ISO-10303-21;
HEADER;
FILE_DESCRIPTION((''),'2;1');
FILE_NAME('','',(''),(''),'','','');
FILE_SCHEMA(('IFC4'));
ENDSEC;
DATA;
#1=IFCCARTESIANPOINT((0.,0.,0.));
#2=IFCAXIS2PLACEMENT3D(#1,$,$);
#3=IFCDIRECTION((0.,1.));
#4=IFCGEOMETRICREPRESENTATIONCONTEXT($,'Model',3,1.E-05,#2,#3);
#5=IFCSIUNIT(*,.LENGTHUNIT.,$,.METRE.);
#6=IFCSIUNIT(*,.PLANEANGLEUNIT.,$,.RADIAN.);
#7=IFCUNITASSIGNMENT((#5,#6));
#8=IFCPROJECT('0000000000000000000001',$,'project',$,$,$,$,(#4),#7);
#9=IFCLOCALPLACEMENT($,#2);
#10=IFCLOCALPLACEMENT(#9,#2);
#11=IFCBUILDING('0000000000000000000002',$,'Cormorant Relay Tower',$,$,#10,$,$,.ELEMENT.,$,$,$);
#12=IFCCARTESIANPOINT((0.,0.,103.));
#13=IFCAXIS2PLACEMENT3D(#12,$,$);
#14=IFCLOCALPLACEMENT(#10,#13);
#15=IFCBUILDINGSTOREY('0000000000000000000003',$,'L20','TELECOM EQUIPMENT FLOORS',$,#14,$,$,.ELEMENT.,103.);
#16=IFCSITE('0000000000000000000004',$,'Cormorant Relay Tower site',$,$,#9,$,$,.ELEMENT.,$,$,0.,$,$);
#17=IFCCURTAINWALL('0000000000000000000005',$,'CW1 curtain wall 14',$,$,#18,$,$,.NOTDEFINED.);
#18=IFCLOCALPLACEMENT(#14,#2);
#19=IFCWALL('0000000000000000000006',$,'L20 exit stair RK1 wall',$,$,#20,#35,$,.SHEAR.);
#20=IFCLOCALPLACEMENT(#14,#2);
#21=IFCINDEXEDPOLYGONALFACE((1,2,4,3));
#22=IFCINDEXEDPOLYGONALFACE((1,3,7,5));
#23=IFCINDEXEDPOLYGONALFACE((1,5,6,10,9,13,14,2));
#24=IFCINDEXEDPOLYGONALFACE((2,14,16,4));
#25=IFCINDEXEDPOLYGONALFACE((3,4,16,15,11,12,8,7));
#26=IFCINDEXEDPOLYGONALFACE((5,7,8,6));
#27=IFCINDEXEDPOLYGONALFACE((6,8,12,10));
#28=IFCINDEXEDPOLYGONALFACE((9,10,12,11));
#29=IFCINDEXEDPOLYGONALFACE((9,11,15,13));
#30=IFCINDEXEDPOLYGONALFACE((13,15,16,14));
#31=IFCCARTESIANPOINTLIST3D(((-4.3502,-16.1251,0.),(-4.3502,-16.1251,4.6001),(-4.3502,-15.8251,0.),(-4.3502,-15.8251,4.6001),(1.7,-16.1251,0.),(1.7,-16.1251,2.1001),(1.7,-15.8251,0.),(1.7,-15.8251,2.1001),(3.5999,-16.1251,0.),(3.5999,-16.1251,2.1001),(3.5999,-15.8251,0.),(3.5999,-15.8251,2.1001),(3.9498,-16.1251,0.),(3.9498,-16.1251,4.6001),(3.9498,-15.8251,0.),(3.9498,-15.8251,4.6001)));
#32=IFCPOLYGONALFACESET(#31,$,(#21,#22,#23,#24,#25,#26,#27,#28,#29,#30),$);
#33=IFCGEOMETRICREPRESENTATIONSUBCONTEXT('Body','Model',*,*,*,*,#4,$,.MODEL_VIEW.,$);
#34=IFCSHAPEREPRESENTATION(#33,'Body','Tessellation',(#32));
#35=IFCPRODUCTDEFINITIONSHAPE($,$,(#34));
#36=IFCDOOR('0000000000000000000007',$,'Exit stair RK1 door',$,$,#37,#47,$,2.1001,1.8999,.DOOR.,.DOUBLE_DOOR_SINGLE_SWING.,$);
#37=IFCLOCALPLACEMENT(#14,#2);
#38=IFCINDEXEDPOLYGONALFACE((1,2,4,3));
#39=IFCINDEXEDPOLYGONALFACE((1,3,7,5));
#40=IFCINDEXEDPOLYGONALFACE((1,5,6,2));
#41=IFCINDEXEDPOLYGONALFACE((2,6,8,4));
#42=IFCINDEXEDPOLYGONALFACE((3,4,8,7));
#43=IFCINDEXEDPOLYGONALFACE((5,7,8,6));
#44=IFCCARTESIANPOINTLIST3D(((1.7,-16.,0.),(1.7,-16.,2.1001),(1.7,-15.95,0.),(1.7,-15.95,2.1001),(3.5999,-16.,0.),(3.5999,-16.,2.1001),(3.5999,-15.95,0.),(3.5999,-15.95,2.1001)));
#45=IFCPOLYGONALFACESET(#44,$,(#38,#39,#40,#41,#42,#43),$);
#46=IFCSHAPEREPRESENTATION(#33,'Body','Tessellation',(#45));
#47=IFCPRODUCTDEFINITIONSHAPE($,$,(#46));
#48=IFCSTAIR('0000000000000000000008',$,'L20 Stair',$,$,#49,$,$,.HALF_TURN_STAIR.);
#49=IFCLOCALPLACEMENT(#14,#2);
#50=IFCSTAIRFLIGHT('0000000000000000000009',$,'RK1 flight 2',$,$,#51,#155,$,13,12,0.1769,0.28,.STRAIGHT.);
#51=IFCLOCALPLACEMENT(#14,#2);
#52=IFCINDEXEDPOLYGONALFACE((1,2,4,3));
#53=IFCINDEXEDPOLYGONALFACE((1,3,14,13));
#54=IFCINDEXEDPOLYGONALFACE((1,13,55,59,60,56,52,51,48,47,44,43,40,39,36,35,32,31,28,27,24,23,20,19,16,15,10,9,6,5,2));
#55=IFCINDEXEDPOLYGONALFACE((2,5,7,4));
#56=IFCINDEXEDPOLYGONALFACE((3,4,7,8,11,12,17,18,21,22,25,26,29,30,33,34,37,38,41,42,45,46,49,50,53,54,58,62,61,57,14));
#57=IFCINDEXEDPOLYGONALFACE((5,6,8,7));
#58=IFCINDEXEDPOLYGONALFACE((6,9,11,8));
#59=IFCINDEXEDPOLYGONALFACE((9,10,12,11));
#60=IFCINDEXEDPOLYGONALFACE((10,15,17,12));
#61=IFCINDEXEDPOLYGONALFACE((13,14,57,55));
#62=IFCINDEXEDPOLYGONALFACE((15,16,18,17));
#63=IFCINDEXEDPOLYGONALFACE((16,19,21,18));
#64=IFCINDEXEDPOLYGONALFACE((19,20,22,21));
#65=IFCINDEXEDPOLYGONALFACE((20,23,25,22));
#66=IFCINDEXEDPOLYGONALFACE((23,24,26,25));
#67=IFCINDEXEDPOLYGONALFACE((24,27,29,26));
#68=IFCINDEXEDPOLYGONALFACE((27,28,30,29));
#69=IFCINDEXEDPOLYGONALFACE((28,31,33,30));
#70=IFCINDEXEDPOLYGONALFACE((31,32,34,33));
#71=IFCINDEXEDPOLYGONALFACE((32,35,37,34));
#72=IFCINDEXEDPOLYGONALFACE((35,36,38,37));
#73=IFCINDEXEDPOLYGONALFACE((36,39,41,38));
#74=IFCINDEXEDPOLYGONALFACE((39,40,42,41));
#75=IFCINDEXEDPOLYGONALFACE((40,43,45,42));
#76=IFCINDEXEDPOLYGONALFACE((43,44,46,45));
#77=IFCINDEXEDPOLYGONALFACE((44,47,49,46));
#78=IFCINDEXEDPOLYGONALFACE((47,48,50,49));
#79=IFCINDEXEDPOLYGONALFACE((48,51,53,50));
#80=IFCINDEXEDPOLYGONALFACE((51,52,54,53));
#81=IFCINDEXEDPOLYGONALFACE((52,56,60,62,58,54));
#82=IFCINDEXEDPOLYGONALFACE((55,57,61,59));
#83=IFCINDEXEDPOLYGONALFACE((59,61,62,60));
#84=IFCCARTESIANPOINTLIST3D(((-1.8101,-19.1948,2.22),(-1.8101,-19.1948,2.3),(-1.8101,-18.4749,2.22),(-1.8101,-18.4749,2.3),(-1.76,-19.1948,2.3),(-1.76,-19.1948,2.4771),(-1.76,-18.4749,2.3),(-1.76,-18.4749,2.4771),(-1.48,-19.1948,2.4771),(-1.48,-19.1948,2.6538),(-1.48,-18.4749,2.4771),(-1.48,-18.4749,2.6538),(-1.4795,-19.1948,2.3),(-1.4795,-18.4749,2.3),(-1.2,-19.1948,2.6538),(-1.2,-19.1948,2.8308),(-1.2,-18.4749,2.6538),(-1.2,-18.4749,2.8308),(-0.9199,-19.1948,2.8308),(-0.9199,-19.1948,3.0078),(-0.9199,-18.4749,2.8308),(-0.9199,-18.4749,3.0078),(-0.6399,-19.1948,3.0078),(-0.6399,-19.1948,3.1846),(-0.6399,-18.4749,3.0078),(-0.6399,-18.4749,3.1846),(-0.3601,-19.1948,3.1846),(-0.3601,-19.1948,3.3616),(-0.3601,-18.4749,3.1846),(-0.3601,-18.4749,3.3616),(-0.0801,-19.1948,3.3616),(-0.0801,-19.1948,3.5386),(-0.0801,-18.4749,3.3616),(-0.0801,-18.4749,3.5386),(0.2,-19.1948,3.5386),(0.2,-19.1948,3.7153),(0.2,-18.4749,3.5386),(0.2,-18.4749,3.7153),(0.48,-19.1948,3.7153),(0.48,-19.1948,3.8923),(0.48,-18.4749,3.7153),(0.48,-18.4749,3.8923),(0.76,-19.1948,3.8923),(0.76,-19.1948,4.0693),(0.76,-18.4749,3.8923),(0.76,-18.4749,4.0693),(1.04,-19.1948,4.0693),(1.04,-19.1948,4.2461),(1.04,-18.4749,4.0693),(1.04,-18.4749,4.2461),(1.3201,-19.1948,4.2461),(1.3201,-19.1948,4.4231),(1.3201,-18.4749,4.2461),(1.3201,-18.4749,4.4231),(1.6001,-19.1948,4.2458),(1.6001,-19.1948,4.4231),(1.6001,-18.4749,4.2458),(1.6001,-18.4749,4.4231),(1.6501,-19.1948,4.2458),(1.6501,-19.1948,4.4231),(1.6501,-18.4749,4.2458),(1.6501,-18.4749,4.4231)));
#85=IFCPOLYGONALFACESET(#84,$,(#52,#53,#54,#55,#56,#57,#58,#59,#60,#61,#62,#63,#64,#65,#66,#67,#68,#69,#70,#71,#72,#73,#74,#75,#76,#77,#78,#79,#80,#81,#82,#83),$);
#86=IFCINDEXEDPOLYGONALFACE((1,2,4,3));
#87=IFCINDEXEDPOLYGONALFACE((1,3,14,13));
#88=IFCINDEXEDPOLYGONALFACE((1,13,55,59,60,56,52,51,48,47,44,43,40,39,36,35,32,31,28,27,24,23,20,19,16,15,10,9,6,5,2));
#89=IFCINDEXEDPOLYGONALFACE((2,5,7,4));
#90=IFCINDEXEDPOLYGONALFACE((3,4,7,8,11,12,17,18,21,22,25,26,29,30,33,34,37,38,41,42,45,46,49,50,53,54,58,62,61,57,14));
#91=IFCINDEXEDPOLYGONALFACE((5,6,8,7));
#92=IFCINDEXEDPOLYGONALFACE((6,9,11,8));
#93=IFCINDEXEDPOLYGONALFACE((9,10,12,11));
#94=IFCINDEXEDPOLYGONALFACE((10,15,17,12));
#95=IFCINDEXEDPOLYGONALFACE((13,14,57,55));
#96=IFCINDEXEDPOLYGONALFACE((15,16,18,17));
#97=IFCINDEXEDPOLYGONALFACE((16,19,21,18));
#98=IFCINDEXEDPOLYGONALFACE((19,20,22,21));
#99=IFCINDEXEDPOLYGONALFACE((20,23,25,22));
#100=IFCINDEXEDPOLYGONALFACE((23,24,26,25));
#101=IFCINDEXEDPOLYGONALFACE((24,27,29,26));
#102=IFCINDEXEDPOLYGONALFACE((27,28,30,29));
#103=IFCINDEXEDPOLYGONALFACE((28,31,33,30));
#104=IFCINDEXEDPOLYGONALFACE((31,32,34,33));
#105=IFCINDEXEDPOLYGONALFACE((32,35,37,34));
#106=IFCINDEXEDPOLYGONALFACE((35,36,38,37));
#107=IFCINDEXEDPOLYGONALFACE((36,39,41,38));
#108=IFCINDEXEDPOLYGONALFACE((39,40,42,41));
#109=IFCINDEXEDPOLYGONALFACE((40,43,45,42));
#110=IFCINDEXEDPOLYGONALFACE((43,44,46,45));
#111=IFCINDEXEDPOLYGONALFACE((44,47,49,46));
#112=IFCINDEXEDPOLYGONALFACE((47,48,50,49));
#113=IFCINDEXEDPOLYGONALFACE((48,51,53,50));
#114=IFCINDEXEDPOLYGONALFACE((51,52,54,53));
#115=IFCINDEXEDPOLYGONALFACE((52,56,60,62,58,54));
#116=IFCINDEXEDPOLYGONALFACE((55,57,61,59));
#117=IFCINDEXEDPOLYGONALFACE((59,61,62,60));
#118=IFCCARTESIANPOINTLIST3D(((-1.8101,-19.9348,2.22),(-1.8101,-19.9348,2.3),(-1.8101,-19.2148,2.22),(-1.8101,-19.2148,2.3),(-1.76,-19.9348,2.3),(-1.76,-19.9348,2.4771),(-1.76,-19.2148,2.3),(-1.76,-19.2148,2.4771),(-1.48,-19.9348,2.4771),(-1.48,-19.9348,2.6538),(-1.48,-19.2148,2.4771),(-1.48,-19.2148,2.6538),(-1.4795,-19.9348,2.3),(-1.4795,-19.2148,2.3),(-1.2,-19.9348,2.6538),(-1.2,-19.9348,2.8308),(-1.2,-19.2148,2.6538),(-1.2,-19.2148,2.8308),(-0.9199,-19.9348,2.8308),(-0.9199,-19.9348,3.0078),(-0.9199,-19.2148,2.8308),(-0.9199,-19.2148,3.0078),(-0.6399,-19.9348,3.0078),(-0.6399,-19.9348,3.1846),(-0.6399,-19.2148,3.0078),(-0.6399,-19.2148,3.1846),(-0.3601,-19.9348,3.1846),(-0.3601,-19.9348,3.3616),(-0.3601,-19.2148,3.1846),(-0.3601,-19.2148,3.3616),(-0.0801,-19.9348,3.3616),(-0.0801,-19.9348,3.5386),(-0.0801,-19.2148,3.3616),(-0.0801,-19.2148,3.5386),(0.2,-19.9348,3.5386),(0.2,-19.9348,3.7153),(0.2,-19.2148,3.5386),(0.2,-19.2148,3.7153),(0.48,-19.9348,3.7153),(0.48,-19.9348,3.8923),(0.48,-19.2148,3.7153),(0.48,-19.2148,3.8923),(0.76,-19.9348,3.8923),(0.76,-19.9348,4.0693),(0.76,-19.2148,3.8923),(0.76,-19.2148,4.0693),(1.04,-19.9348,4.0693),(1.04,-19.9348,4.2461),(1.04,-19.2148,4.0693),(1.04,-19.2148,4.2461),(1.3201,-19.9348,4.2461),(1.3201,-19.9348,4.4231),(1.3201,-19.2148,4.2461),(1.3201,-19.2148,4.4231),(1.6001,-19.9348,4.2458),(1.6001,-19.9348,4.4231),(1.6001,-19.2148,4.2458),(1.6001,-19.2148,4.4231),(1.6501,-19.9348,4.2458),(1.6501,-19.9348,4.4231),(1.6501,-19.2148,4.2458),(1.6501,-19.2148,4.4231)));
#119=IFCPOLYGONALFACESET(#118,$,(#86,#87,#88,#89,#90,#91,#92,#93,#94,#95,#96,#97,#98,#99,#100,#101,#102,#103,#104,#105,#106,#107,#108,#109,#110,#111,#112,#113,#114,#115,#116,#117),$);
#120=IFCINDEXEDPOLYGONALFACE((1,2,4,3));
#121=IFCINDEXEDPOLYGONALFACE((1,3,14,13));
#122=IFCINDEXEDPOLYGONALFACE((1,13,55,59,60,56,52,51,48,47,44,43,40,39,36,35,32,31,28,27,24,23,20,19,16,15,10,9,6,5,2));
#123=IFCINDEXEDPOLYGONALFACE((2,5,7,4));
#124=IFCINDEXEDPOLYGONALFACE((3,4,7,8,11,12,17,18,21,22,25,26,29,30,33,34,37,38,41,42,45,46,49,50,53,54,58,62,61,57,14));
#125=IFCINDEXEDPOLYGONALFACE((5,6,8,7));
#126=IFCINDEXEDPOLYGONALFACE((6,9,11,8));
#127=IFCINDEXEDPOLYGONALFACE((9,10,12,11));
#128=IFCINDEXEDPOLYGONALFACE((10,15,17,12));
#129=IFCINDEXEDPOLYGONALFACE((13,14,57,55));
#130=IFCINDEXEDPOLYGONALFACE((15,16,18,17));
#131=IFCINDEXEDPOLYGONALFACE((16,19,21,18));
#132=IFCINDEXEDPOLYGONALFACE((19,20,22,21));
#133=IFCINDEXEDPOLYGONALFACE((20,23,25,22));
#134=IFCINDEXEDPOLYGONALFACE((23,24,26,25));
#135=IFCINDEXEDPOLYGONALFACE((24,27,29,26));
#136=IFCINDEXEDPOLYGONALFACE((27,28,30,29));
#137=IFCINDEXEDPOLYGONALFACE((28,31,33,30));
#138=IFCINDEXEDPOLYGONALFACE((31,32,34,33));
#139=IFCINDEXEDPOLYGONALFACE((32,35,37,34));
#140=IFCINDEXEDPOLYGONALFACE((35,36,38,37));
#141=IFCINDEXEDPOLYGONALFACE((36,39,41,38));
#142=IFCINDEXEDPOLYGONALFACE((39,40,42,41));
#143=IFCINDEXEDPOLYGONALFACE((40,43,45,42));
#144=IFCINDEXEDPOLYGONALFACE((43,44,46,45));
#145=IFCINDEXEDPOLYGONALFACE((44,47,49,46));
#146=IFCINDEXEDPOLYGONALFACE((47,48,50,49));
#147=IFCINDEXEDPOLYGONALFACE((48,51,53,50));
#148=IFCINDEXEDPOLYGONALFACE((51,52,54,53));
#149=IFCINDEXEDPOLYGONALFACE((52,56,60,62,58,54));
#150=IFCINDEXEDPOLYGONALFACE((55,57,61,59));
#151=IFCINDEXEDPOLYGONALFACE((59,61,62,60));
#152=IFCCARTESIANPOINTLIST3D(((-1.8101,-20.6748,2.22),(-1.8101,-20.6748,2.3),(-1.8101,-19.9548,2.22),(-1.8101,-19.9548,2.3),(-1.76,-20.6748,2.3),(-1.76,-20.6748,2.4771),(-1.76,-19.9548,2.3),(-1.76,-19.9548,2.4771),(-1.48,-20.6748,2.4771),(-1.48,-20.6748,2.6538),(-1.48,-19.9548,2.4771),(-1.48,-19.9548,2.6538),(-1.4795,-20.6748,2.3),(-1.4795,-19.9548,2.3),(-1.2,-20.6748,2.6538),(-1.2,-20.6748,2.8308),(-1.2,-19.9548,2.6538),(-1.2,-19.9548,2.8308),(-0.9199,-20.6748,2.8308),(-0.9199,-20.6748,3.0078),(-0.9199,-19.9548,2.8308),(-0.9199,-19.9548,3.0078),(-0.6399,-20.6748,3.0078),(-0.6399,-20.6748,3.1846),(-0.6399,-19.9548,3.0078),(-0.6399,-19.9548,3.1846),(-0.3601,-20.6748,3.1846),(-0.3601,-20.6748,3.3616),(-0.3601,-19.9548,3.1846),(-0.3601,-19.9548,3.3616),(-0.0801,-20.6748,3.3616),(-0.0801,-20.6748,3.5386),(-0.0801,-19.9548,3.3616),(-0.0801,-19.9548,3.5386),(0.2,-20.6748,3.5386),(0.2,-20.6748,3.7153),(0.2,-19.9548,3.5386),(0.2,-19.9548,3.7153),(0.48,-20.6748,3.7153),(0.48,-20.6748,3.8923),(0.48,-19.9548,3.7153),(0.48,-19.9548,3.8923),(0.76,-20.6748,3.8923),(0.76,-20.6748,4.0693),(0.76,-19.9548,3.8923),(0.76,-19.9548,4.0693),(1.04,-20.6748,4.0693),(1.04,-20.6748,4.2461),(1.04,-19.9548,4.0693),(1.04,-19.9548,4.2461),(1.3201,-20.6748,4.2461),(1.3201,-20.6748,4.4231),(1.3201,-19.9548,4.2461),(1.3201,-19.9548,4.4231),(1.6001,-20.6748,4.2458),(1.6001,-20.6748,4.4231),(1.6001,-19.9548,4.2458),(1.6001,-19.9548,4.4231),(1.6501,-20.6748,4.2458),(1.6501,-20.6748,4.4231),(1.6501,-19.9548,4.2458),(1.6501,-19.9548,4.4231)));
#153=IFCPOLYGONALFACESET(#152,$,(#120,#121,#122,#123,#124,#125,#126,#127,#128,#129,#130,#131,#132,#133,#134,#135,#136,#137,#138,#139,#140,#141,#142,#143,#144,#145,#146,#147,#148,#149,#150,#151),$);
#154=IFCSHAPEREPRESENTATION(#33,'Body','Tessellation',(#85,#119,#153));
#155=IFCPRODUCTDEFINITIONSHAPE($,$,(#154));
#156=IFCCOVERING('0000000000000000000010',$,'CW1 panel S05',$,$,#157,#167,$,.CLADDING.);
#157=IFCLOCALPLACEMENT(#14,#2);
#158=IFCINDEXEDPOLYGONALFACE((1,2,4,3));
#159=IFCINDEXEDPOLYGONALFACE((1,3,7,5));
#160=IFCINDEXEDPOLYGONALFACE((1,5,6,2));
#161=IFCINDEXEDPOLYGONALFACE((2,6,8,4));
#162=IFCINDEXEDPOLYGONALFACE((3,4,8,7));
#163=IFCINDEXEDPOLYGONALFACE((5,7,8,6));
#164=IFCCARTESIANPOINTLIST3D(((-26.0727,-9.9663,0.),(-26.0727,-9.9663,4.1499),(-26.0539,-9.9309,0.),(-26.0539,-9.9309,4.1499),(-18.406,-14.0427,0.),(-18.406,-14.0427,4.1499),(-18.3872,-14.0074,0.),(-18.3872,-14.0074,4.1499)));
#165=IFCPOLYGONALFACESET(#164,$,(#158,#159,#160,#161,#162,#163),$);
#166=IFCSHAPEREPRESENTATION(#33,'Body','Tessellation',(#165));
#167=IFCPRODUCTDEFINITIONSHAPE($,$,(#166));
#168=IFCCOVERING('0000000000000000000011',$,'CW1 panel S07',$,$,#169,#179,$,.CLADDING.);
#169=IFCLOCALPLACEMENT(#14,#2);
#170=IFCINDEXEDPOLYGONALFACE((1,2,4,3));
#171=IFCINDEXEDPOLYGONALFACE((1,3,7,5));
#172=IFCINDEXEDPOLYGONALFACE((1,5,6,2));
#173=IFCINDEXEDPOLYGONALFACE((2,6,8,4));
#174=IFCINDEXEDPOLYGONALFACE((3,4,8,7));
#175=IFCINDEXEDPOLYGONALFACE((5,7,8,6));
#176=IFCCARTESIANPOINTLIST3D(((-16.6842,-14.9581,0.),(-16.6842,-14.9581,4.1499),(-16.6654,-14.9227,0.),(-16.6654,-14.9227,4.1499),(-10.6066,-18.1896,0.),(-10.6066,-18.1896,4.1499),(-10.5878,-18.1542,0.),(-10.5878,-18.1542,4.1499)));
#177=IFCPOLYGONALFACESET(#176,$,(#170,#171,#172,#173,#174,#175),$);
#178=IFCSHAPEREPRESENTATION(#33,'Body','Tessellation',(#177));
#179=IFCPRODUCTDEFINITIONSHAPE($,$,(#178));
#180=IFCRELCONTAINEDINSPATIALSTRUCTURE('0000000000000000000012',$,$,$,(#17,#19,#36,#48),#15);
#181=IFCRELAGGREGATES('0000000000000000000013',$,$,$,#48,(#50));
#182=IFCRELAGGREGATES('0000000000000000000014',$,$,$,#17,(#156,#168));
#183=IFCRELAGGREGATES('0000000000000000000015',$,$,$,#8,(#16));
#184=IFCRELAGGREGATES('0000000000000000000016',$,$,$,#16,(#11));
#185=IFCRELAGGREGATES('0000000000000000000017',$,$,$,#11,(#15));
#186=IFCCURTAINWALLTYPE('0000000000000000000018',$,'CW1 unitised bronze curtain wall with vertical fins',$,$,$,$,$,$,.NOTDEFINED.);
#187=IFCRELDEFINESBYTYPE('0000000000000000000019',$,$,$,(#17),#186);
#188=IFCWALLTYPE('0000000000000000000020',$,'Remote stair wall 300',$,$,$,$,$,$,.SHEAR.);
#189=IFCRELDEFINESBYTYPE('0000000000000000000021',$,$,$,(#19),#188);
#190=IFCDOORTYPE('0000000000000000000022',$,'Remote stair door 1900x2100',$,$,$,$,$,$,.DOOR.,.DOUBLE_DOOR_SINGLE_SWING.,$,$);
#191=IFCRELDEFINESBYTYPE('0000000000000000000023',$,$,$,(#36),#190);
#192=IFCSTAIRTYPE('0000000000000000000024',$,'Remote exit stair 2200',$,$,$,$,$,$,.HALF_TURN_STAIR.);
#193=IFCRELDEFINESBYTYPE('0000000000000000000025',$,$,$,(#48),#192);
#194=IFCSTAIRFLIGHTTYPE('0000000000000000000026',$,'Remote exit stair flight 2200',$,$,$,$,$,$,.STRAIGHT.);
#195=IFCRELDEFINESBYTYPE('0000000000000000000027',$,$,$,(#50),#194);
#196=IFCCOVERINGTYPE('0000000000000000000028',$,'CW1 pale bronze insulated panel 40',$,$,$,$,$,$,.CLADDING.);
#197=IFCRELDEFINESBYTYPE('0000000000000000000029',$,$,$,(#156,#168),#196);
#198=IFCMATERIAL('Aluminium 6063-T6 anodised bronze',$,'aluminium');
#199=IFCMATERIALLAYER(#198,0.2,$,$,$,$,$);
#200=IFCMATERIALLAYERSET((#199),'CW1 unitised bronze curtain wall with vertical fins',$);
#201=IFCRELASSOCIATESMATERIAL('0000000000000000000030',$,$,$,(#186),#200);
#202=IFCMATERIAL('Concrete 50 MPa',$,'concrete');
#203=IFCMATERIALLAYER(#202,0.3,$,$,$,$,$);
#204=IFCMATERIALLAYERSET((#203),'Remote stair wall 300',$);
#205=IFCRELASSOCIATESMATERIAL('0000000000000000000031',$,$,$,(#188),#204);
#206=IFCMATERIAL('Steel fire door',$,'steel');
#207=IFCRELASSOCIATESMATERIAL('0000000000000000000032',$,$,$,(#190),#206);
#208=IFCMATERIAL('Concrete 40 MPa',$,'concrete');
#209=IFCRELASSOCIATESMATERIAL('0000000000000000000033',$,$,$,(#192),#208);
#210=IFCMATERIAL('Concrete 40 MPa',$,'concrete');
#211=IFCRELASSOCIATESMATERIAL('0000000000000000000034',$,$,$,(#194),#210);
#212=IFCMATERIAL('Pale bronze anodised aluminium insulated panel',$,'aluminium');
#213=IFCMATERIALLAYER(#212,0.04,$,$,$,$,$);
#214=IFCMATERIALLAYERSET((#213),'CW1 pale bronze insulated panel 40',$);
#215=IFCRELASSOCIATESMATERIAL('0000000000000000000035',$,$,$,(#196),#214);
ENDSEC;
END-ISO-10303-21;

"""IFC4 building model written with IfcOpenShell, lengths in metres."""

from ifc_helpers import new_model, si_unit, direction, frame, frame_2d, origin, origin_2d, place, context, subcontext, project, spatial, polyline, rectangle, outline, extrude, material, layer, layer_set, type_object, element, fill, aggregate, save


model = new_model("IFC4")

# Units and contexts
model_context = context("Model", 3, precision=1e-05, world=origin(), true_north=direction((0.0, 1.0)))
body_context = subcontext(model_context, "Body", "Model", "MODEL_VIEW")
ifc_project = project(units=[si_unit("LENGTHUNIT", "METRE"), si_unit("PLANEANGLEUNIT", "RADIAN")], contexts=[model_context])

# Site, building, storey
site_placement = place(None, origin())
site = spatial("IfcSite", under=ifc_project, at=site_placement, Name="Cormorant Relay Tower site", CompositionType="ELEMENT", RefElevation=0.0)
building_placement = place(site_placement, origin())
building = spatial("IfcBuilding", under=site, at=building_placement, Name="Cormorant Relay Tower", CompositionType="ELEMENT")
storey_placement = place(building_placement, frame((0.0, 0.0, 103.0)))
storey = spatial("IfcBuildingStorey", under=building, at=storey_placement, Name="L20", Description="TELECOM EQUIPMENT FLOORS", CompositionType="ELEMENT", Elevation=103.0)

# Shared definitions
ifc_material_1 = material(Name="Aluminium 6063-T6 anodised bronze", Category="aluminium")
ifc_layer_1 = layer(ifc_material_1, 0.2)
ifc_layer_set_1 = layer_set([ifc_layer_1], Name="CW1 unitised bronze curtain wall with vertical fins")
curtain_wall_type = type_object("IfcCurtainWallType", Name="CW1 unitised bronze curtain wall with vertical fins", PredefinedType="NOTDEFINED", material=ifc_layer_set_1)

# Curtain wall
curtain_wall_1_placement = place(storey_placement, origin())
curtain_wall_1 = element("IfcCurtainWall", 1, at=curtain_wall_1_placement, inside=storey, type_object=curtain_wall_type, Name="CW1 curtain wall 14", PredefinedType="NOTDEFINED")

# Shared definitions
ifc_material_2 = material(Name="Concrete 50 MPa", Category="concrete")
ifc_layer_2 = layer(ifc_material_2, 0.3)
ifc_layer_set_2 = layer_set([ifc_layer_2], Name="Remote stair wall 300")
wall_type_1 = type_object("IfcWallType", Name="Remote stair wall 300", PredefinedType="SHEAR", material=ifc_layer_set_2)

# Wall, opening, door
wall_1_placement = place(storey_placement, frame((-4.3501, -15.9751, 0.0), z_axis=(0.0, 0.0, 1.0), x_axis=(1.0, 0.0, 0.0)))
wall_1 = element("IfcWall", 2, at=wall_1_placement, inside=storey, type_object=wall_type_1, Name="L20 exit stair RK1 wall", PredefinedType="SHEAR", context=body_context, shape_type="SweptSolid", body=[
    extrude(rectangle(XDim=8.3, YDim=0.3, at=frame_2d((4.1499, 0.0))), origin(), (0.0, 0.0, 1.0), 4.6001),
])
opening_1_placement = place(wall_1_placement, frame((6.05, 0.0, 0.0)))
opening_1 = element("IfcOpeningElement", 3, at=opening_1_placement, cuts=wall_1, PredefinedType="OPENING", context=body_context, shape_type="SweptSolid", body=[
    extrude(rectangle(XDim=1.8999, YDim=2.1001, at=frame_2d((0.95, 1.05))), frame((0.0, 0.1599, 0.0), z_axis=(0.0, -1.0, 0.0), x_axis=(1.0, 0.0, 0.0)), (0.0, 0.0, 1.0), 0.3201),
])
ifc_material_3 = material(Name="Steel fire door", Category="steel")
door_type_1 = type_object("IfcDoorType", Name="Remote stair door 1900x2100", OperationType="DOUBLE_DOOR_SINGLE_SWING", PredefinedType="DOOR", material=ifc_material_3)
door_1_placement = place(opening_1_placement, frame((1.8999, 0.0, 0.0), z_axis=(0.0, 0.0, 1.0), x_axis=(-1.0, 0.0, 0.0)))
door_1 = element("IfcDoor", 4, at=door_1_placement, inside=storey, type_object=door_type_1, Name="Exit stair RK1 door", OperationType="DOUBLE_DOOR_SINGLE_SWING", OverallHeight=2.1001, OverallWidth=1.8999, PredefinedType="DOOR", context=body_context, shape_type="SweptSolid", body=[
    extrude(rectangle(XDim=1.8999, YDim=2.1001, at=frame_2d((0.95, 1.05))), frame((0.0, 0.0249, 0.0), z_axis=(0.0, -1.0, 0.0), x_axis=(1.0, 0.0, 0.0)), (0.0, 0.0, 1.0), 0.05),
])
fill(opening_1, door_1)

# Stair, stair flight
ifc_material_4 = material(Name="Concrete 40 MPa", Category="concrete")
stair_type = type_object("IfcStairType", Name="Remote exit stair 2200", PredefinedType="HALF_TURN_STAIR", material=ifc_material_4)
stair_placement = place(storey_placement, origin())
stair = element("IfcStair", 5, at=stair_placement, inside=storey, type_object=stair_type, Name="L20 Stair", PredefinedType="HALF_TURN_STAIR")
ifc_material_5 = material(Name="Concrete 40 MPa", Category="concrete")
stair_flight_type = type_object("IfcStairFlightType", Name="Remote exit stair flight 2200", PredefinedType="STRAIGHT", material=ifc_material_5)
stair_flight_placement = place(storey_placement, frame((-1.76, -19.575, 2.3), z_axis=(0.0, 0.0, 1.0), x_axis=(1.0, 0.0, 0.0)))
stair_flight = element("IfcStairFlight", 6, at=stair_flight_placement, type_object=stair_flight_type, Name="RK1 flight 2", NumberOfRisers=13, NumberOfTreads=12, PredefinedType="STRAIGHT", RiserHeight=0.1769, TreadLength=0.28, context=body_context, shape_type="SweptSolid", body=[
    extrude(outline(polyline([(-0.05, -0.0801), (-0.05, 0.0), (0.0, 0.0), (0.0, 0.177), (0.28, 0.177), (0.28, 0.3538), (0.5601, 0.3538), (0.5601, 0.5308), (0.8401, 0.5308), (0.8401, 0.7078), (1.1201, 0.7078), (1.1201, 0.8845), (1.3999, 0.8845), (1.3999, 1.0615), (1.6799, 1.0615), (1.6799, 1.2385), (1.96, 1.2385), (1.96, 1.4153), (2.24, 1.4153), (2.24, 1.5923), (2.52, 1.5923), (2.52, 1.7693), (2.8, 1.7693), (2.8, 1.946), (3.0801, 1.946), (3.0801, 2.123), (3.3601, 2.123), (3.4102, 2.123), (3.4102, 1.9458), (3.3601, 1.9458), (0.2805, 0.0), (-0.05, -0.0801)])), frame((0.0, 1.1001, 0.0), z_axis=(0.0, -1.0, 0.0), x_axis=(1.0, 0.0, 0.0)), (0.0, 0.0, 1.0), 0.72),
    extrude(outline(polyline([(-0.05, -0.0801), (-0.05, 0.0), (0.0, 0.0), (0.0, 0.177), (0.28, 0.177), (0.28, 0.3538), (0.5601, 0.3538), (0.5601, 0.5308), (0.8401, 0.5308), (0.8401, 0.7078), (1.1201, 0.7078), (1.1201, 0.8845), (1.3999, 0.8845), (1.3999, 1.0615), (1.6799, 1.0615), (1.6799, 1.2385), (1.96, 1.2385), (1.96, 1.4153), (2.24, 1.4153), (2.24, 1.5923), (2.52, 1.5923), (2.52, 1.7693), (2.8, 1.7693), (2.8, 1.946), (3.0801, 1.946), (3.0801, 2.123), (3.3601, 2.123), (3.4102, 2.123), (3.4102, 1.9458), (3.3601, 1.9458), (0.2805, 0.0), (-0.05, -0.0801)])), frame((0.0, 0.3601, 0.0), z_axis=(0.0, -1.0, 0.0), x_axis=(1.0, 0.0, 0.0)), (0.0, 0.0, 1.0), 0.72),
    extrude(outline(polyline([(-0.05, -0.0801), (-0.05, 0.0), (0.0, 0.0), (0.0, 0.177), (0.28, 0.177), (0.28, 0.3538), (0.5601, 0.3538), (0.5601, 0.5308), (0.8401, 0.5308), (0.8401, 0.7078), (1.1201, 0.7078), (1.1201, 0.8845), (1.3999, 0.8845), (1.3999, 1.0615), (1.6799, 1.0615), (1.6799, 1.2385), (1.96, 1.2385), (1.96, 1.4153), (2.24, 1.4153), (2.24, 1.5923), (2.52, 1.5923), (2.52, 1.7693), (2.8, 1.7693), (2.8, 1.946), (3.0801, 1.946), (3.0801, 2.123), (3.3601, 2.123), (3.4102, 2.123), (3.4102, 1.9458), (3.3601, 1.9458), (0.2805, 0.0), (-0.05, -0.0801)])), frame((0.0, -0.3799, 0.0), z_axis=(0.0, -1.0, 0.0), x_axis=(1.0, 0.0, 0.0)), (0.0, 0.0, 1.0), 0.72),
])
aggregate(stair, [stair_flight])

# Coverings
ifc_material_6 = material(Name="Pale bronze anodised aluminium insulated panel", Category="aluminium")
ifc_layer_3 = layer(ifc_material_6, 0.04)
ifc_layer_set_3 = layer_set([ifc_layer_3], Name="CW1 pale bronze insulated panel 40")
covering_type = type_object("IfcCoveringType", Name="CW1 pale bronze insulated panel 40", PredefinedType="CLADDING", material=ifc_layer_set_3)
covering_1_placement = place(storey_placement, frame((-22.23, -11.9868, 0.0), z_axis=(0.0, 0.0, 1.0), x_axis=(0.882948, -0.469472, 0.0)))
covering_1 = element("IfcCovering", 7, at=covering_1_placement, type_object=covering_type, Name="CW1 panel S05", PredefinedType="CLADDING", context=body_context, shape_type="SweptSolid", body=[
    extrude(rectangle(XDim=8.6831, YDim=0.04, at=origin_2d()), origin(), (0.0, 0.0, 1.0), 4.1499),
])
covering_2_placement = place(storey_placement, frame((-13.636, -16.5562, 0.0), z_axis=(0.0, 0.0, 1.0), x_axis=(0.882948, -0.469472, 0.0)))
covering_2 = element("IfcCovering", 8, at=covering_2_placement, type_object=covering_type, Name="CW1 panel S07", PredefinedType="CLADDING", context=body_context, shape_type="SweptSolid", body=[
    extrude(rectangle(XDim=6.8833, YDim=0.04, at=origin_2d()), origin(), (0.0, 0.0, 1.0), 4.1499),
])
aggregate(curtain_wall_1, [covering_1, covering_2])

save(model, "model.ifc")
